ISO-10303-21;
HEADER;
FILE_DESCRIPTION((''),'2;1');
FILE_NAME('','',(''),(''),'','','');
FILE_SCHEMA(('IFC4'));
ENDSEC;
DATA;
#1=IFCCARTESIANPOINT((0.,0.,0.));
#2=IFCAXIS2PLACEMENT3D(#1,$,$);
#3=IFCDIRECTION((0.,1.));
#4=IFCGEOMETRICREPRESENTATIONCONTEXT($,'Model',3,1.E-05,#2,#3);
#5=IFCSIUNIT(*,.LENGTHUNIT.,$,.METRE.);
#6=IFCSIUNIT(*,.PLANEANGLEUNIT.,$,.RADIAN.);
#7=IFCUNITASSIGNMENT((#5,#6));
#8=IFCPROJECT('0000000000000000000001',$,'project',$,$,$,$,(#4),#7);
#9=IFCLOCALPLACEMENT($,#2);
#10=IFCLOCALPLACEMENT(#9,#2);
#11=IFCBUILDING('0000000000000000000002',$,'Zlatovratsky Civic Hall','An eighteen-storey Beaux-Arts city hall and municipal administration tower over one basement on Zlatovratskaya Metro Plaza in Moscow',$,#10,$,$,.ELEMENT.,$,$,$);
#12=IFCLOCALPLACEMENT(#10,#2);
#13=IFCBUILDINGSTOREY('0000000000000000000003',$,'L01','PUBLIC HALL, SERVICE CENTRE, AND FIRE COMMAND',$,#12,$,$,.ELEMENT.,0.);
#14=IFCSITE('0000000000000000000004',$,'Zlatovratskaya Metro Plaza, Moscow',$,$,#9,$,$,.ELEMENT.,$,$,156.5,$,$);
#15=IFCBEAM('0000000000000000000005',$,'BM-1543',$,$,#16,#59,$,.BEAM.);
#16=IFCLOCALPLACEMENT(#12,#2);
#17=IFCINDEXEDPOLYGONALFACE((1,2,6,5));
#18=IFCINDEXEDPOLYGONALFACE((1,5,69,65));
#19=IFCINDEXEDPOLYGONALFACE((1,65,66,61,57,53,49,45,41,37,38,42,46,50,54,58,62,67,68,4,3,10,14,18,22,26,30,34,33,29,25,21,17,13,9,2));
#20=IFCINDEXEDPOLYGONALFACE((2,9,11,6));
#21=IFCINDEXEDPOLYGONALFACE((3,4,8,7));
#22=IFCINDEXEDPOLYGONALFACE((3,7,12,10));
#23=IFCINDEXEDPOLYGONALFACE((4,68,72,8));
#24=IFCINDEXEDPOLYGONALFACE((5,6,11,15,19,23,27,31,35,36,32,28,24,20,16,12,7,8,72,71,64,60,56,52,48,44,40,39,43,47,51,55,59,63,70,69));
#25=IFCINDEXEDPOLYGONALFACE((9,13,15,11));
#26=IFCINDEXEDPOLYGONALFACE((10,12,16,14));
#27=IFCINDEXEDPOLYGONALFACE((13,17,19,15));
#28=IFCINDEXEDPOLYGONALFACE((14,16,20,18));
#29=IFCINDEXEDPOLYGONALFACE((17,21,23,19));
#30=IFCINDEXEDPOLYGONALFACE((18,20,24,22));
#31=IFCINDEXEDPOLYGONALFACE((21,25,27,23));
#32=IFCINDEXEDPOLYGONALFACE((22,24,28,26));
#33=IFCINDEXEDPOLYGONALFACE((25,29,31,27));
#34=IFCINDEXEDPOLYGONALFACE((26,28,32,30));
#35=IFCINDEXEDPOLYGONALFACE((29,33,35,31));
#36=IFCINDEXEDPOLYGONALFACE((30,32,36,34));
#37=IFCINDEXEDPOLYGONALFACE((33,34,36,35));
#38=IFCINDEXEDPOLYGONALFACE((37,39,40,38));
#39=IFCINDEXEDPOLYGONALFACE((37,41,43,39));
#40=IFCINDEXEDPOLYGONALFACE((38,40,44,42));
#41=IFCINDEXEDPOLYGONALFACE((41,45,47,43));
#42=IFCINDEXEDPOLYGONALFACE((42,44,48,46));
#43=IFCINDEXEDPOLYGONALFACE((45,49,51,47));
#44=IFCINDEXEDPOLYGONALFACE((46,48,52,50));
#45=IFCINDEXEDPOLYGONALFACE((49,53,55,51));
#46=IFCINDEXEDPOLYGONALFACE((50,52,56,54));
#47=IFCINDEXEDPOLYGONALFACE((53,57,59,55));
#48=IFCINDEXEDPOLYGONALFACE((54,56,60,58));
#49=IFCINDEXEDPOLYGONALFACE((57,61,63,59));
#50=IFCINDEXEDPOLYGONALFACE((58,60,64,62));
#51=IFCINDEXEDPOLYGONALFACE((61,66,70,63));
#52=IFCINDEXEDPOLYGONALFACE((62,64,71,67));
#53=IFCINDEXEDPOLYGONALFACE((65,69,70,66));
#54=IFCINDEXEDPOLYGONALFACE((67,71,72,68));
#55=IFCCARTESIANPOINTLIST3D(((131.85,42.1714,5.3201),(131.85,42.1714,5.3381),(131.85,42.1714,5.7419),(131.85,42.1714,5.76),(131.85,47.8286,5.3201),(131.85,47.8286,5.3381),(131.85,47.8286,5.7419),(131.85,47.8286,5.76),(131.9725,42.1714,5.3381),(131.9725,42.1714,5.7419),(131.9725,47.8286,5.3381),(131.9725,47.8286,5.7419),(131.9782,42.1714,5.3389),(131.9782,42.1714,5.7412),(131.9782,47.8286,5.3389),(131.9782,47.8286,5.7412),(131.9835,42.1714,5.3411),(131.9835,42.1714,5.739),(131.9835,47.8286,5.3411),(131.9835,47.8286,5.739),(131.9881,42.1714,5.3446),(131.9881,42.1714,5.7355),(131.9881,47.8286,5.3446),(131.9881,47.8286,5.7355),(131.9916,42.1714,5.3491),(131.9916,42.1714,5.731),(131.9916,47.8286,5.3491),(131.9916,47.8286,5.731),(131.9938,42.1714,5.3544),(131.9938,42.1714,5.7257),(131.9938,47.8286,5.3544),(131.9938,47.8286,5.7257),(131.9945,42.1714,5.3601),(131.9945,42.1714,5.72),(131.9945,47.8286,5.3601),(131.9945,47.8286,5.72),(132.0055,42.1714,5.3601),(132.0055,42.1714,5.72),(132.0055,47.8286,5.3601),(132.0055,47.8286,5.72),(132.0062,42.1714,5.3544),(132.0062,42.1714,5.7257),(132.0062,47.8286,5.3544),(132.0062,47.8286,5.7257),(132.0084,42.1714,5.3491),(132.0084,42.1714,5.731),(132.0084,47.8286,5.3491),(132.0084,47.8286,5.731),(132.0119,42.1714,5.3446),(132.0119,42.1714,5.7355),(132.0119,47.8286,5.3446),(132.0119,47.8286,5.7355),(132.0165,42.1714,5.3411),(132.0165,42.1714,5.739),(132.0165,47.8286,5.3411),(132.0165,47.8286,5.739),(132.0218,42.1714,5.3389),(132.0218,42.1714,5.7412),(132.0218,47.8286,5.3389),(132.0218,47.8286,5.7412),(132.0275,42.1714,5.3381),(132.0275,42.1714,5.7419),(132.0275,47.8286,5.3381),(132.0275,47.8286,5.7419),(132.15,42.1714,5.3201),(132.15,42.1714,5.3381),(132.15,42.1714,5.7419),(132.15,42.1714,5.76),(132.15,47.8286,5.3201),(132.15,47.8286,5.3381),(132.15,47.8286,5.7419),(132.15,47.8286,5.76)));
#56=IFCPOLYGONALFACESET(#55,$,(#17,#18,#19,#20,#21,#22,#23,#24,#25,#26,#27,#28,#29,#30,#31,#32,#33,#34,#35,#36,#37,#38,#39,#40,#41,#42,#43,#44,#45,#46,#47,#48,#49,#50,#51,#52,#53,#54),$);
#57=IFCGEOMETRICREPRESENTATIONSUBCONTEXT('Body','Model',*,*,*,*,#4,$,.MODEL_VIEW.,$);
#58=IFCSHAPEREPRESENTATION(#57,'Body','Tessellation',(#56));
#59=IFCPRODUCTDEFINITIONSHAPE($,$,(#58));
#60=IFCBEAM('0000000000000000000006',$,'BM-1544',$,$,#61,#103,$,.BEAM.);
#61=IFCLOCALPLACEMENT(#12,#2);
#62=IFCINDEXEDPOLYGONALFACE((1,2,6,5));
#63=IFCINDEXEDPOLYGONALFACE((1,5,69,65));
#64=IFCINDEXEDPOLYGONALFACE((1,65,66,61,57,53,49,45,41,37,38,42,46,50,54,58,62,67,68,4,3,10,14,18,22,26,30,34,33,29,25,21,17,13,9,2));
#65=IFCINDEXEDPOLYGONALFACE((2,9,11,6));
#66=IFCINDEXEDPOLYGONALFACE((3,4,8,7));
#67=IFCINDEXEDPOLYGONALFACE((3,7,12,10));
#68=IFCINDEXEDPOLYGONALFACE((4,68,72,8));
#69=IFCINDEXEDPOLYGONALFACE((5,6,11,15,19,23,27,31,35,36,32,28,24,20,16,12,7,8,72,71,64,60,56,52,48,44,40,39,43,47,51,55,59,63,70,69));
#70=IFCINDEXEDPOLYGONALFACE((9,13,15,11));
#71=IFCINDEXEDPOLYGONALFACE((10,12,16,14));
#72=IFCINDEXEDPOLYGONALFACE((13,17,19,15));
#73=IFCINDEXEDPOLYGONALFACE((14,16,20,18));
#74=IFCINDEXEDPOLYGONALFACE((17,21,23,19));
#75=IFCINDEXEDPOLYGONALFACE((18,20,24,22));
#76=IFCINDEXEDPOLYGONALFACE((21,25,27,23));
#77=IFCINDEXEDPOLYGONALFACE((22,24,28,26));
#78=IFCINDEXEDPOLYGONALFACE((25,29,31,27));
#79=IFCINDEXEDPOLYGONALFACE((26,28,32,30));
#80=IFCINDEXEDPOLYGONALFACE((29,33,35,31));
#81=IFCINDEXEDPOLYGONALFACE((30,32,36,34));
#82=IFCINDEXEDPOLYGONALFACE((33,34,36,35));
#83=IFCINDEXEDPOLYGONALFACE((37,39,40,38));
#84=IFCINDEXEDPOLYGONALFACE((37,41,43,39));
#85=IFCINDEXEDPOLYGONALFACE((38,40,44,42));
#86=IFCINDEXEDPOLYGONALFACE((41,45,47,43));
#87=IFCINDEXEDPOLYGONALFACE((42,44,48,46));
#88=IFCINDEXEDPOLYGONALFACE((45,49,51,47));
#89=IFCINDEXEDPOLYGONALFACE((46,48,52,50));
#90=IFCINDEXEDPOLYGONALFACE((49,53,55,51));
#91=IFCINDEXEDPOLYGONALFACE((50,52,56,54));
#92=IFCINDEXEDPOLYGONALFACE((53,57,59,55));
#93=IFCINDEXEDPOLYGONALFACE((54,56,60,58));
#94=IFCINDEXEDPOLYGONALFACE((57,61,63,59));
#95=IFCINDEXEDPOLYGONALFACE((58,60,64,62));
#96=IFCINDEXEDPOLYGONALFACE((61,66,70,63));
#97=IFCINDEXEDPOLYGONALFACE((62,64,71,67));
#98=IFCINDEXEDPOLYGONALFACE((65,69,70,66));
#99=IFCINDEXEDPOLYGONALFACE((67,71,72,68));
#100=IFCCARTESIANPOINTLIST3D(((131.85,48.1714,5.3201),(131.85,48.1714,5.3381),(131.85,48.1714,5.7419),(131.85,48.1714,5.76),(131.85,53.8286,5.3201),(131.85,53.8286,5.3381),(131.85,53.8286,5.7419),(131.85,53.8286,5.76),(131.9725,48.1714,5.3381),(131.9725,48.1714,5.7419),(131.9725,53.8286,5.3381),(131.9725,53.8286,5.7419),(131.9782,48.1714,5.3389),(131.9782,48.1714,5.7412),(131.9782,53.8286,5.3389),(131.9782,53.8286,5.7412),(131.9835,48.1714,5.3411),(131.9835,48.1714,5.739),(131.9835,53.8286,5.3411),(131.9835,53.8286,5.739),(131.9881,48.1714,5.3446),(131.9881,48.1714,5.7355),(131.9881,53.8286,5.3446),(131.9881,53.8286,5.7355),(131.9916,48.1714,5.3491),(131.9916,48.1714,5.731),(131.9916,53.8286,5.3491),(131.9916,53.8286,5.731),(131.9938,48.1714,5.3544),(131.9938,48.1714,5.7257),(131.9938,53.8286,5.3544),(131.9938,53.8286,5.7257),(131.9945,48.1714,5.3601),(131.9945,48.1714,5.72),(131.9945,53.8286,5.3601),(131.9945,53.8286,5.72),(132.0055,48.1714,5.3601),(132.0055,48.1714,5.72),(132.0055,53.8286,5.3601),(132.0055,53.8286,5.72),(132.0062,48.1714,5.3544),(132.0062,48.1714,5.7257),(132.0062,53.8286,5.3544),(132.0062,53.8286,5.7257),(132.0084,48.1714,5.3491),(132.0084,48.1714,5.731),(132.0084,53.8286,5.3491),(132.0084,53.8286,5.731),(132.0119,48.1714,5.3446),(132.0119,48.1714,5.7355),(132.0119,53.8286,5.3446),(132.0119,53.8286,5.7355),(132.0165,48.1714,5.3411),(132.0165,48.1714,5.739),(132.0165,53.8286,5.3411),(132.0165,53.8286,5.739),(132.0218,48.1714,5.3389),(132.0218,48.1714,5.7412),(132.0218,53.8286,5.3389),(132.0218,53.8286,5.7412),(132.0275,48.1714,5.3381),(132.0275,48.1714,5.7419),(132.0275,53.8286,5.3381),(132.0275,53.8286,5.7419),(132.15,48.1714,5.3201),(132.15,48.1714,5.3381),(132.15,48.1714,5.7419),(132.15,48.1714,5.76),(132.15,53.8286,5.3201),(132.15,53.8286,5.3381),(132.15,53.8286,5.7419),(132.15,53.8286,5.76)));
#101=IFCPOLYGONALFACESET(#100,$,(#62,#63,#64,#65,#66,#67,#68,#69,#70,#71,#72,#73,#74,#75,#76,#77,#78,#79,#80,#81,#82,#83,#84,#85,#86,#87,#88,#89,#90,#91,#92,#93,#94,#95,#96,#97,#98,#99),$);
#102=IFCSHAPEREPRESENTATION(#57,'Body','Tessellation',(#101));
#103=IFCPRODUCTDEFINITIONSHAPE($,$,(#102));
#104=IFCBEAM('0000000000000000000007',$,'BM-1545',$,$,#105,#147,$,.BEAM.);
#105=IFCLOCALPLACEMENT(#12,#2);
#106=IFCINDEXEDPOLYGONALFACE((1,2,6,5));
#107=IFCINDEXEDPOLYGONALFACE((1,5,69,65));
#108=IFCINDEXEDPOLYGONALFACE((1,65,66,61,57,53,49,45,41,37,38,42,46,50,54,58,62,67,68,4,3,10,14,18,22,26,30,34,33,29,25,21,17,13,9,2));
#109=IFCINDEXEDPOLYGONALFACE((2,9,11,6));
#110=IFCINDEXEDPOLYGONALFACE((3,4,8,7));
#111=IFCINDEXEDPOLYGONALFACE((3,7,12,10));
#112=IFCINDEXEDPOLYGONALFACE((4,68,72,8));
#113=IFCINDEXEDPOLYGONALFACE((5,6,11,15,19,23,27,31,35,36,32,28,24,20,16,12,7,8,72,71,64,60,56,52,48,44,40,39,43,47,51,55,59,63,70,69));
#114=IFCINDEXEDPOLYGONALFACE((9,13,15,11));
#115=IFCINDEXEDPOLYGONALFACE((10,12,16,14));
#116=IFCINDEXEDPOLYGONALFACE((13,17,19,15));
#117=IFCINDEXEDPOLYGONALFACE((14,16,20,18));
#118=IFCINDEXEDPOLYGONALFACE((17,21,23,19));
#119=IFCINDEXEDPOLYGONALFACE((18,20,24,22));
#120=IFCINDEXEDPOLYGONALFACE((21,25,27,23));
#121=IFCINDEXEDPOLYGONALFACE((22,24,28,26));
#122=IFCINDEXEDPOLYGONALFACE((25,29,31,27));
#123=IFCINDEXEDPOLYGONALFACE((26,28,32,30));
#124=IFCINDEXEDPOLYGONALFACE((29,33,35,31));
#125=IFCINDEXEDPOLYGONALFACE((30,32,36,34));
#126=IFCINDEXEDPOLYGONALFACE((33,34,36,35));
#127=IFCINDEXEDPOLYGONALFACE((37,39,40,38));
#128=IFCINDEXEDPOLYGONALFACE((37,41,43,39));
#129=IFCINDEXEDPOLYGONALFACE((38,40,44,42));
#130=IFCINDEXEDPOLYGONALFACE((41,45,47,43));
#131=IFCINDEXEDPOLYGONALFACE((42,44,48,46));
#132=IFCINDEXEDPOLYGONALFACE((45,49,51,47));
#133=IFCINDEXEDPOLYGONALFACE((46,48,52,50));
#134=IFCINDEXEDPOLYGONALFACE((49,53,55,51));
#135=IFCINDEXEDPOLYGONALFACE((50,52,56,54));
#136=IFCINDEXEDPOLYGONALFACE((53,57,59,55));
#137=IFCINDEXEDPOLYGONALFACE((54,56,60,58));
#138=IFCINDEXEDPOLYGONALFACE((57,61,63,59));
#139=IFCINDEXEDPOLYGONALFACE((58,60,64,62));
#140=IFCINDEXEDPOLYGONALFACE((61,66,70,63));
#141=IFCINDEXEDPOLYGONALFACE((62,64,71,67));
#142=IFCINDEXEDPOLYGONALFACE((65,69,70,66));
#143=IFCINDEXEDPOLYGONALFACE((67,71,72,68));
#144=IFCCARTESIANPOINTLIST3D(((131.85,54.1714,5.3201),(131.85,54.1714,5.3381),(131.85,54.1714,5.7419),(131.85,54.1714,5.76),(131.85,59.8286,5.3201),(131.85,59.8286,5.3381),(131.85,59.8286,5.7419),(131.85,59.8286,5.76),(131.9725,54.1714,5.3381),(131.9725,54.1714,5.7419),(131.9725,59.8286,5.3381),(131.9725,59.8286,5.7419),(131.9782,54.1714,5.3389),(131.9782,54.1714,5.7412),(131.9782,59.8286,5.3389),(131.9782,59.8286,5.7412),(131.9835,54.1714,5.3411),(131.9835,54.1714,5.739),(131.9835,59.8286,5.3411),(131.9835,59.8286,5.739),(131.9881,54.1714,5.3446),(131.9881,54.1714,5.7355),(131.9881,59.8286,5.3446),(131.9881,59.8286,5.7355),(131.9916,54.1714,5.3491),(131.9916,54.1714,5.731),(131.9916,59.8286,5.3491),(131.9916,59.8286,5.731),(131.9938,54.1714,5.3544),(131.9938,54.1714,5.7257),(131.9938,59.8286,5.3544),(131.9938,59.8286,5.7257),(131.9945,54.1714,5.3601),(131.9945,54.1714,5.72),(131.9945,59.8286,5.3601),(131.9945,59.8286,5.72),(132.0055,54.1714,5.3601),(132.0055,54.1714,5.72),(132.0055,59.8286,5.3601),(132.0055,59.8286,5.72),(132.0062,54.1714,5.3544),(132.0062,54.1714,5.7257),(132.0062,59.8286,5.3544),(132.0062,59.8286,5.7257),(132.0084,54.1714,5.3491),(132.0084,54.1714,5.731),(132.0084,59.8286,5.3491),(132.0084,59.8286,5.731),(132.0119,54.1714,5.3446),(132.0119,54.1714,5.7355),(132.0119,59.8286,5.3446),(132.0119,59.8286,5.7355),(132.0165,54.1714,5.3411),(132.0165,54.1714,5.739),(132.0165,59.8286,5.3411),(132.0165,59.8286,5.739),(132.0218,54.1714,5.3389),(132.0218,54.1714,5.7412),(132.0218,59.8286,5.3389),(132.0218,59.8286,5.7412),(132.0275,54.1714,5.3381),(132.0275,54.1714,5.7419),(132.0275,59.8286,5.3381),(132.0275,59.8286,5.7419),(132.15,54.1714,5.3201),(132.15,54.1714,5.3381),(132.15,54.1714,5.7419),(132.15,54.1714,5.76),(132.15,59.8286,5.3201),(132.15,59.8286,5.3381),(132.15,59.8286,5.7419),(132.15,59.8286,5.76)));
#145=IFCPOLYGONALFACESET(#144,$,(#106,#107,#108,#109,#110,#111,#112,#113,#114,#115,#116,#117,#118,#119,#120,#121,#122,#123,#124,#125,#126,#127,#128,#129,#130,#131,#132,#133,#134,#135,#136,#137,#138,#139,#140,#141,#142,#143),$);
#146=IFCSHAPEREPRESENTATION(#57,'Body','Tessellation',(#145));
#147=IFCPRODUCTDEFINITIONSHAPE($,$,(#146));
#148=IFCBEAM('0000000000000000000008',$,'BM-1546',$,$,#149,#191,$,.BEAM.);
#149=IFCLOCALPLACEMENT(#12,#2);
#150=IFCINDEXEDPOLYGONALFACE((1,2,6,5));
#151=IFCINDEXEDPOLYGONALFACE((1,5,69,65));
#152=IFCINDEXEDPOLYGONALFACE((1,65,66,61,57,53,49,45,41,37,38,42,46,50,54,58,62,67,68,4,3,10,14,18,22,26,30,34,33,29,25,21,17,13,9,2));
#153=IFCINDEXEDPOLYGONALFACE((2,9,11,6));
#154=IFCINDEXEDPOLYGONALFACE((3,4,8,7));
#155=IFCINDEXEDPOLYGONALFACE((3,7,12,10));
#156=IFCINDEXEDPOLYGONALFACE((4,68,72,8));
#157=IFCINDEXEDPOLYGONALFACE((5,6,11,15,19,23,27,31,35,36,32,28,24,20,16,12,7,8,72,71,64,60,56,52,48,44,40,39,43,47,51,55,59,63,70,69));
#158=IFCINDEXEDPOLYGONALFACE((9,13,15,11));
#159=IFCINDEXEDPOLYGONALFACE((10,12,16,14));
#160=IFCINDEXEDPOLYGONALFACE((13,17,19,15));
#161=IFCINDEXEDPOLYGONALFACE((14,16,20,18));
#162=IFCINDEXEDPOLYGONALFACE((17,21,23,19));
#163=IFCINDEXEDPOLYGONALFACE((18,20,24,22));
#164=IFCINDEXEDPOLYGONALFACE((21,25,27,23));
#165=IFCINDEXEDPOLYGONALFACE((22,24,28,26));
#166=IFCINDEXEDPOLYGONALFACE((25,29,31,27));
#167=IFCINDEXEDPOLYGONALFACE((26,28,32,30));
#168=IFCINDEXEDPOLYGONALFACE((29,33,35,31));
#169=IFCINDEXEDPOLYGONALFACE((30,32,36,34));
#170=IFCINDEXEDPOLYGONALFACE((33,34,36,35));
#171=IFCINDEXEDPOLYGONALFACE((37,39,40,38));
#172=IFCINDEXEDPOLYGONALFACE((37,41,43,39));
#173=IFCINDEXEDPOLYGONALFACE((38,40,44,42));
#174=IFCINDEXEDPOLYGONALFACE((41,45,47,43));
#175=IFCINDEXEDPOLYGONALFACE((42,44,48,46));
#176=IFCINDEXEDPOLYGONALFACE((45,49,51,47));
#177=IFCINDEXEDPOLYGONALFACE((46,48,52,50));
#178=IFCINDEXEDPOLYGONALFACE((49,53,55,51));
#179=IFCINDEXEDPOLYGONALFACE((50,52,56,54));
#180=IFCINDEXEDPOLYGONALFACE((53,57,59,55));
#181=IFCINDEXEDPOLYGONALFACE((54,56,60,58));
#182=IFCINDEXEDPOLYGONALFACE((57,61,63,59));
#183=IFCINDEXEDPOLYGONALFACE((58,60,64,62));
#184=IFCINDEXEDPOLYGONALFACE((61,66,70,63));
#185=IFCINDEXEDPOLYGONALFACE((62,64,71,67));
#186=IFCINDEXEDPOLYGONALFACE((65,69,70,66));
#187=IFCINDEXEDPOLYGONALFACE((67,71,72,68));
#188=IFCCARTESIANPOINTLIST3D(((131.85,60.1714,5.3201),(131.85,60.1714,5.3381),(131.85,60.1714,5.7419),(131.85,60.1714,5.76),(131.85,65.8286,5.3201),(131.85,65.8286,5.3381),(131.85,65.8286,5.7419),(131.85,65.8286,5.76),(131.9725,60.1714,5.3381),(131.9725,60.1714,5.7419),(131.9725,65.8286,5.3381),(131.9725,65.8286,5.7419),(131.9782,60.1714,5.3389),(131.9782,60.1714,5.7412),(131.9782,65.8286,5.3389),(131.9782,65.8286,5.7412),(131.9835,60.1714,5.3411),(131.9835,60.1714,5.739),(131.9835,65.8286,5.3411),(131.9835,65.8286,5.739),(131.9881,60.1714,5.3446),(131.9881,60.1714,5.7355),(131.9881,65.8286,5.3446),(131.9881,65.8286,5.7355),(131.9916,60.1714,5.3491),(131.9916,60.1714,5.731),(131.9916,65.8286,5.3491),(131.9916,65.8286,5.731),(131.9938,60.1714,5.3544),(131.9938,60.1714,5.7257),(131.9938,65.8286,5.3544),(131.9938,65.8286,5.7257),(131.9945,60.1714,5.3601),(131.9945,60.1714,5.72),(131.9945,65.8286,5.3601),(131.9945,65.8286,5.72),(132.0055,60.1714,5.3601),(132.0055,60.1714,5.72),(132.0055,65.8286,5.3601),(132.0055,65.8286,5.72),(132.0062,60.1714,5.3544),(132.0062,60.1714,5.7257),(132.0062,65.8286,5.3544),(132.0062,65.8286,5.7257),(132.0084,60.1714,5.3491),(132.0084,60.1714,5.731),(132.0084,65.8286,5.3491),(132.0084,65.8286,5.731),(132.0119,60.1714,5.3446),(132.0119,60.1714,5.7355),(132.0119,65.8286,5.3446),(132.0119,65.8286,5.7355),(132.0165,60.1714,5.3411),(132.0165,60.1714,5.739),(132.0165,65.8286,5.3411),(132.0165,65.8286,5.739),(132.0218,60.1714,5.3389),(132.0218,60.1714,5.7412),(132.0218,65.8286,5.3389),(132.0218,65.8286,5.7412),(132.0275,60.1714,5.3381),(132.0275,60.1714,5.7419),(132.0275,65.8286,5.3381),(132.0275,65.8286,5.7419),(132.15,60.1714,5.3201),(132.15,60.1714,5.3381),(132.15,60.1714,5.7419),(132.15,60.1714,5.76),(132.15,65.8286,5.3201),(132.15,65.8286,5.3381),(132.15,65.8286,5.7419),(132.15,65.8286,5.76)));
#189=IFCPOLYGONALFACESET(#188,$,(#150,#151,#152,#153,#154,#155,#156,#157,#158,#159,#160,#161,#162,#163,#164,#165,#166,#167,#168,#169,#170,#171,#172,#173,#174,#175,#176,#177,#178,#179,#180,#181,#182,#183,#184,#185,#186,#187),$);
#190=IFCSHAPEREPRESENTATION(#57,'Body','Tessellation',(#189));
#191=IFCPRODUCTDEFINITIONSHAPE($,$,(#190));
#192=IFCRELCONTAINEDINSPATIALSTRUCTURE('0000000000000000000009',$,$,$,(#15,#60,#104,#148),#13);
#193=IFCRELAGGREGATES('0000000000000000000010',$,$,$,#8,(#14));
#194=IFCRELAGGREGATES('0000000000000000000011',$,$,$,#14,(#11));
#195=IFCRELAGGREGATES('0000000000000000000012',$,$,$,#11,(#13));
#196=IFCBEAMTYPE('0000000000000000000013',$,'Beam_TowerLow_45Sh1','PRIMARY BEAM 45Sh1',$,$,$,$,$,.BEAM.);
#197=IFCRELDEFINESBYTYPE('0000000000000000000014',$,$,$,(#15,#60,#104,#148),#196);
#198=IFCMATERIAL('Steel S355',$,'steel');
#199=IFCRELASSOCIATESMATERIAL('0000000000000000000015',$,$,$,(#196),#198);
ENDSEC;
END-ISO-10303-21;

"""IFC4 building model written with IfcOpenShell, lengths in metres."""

from ifc_helpers import new_model, si_unit, direction, frame, origin, origin_2d, place, context, subcontext, project, spatial, i_section, extrude, material, material_profile, profile_set, type_object, element, save


model = new_model("IFC4")

# Units and contexts
model_context = context("Model", 3, precision=1e-05, world=origin(), true_north=direction((0.0, 1.0)))
body_context = subcontext(model_context, "Body", "Model", "MODEL_VIEW")
ifc_project = project(units=[si_unit("LENGTHUNIT", "METRE"), si_unit("PLANEANGLEUNIT", "RADIAN")], contexts=[model_context])

# Site, building, storey
site_placement = place(None, origin())
site = spatial("IfcSite", under=ifc_project, at=site_placement, Name="Zlatovratskaya Metro Plaza, Moscow", CompositionType="ELEMENT", RefElevation=156.5)
building_placement = place(site_placement, origin())
building = spatial("IfcBuilding", under=site, at=building_placement, Name="Zlatovratsky Civic Hall", Description="An eighteen-storey Beaux-Arts city hall and municipal administration tower over one basement on Zlatovratskaya Metro Plaza in Moscow", CompositionType="ELEMENT")
storey_placement = place(building_placement, origin())
storey = spatial("IfcBuildingStorey", under=building, at=storey_placement, Name="L01", Description="PUBLIC HALL, SERVICE CENTRE, AND FIRE COMMAND", CompositionType="ELEMENT", Elevation=0.0)

# Shared definitions
ifc_material = material(Name="Steel S355", Category="steel")

# Beams
ifc_material_profile_1 = material_profile(ifc_material, i_section(OverallWidth=0.3, OverallDepth=0.4399, WebThickness=0.011, FlangeThickness=0.0181, FilletRadius=0.022, at=origin_2d()), Name="45Sh1")
ifc_profile_set_1 = profile_set([ifc_material_profile_1], Name="Steel S355")
beam_type_1 = type_object("IfcBeamType", Name="Beam_TowerLow_45Sh1", Description="PRIMARY BEAM 45Sh1", PredefinedType="BEAM", material=ifc_profile_set_1)
for number, where, z_axis, x_axis, name in (
    (1, (132.0, 42.1714, 5.54), (0.0, 1.0, 0.0), (-1.0, 0.0, 0.0), "BM-1543"),
    (2, (132.0, 48.1714, 5.54), (0.0, 1.0, 0.0), (-1.0, 0.0, 0.0), "BM-1544"),
    (3, (132.0, 54.1714, 5.54), (0.0, 1.0, 0.0), (-1.0, 0.0, 0.0), "BM-1545"),
    (4, (132.0, 60.1714, 5.54), (0.0, 1.0, 0.0), (-1.0, 0.0, 0.0), "BM-1546"),
):
    element("IfcBeam", number, at=place(storey_placement, frame(where, z_axis=z_axis, x_axis=x_axis)), inside=storey, type_object=beam_type_1, Name=name, PredefinedType="BEAM", context=body_context, shape_type="SweptSolid", body=[
        extrude(i_section(OverallWidth=0.3, OverallDepth=0.4399, WebThickness=0.011, FlangeThickness=0.0181, FilletRadius=0.022, at=origin_2d()), origin(), (0.0, 0.0, 1.0), 5.6572),
    ])

save(model, "model.ifc")
